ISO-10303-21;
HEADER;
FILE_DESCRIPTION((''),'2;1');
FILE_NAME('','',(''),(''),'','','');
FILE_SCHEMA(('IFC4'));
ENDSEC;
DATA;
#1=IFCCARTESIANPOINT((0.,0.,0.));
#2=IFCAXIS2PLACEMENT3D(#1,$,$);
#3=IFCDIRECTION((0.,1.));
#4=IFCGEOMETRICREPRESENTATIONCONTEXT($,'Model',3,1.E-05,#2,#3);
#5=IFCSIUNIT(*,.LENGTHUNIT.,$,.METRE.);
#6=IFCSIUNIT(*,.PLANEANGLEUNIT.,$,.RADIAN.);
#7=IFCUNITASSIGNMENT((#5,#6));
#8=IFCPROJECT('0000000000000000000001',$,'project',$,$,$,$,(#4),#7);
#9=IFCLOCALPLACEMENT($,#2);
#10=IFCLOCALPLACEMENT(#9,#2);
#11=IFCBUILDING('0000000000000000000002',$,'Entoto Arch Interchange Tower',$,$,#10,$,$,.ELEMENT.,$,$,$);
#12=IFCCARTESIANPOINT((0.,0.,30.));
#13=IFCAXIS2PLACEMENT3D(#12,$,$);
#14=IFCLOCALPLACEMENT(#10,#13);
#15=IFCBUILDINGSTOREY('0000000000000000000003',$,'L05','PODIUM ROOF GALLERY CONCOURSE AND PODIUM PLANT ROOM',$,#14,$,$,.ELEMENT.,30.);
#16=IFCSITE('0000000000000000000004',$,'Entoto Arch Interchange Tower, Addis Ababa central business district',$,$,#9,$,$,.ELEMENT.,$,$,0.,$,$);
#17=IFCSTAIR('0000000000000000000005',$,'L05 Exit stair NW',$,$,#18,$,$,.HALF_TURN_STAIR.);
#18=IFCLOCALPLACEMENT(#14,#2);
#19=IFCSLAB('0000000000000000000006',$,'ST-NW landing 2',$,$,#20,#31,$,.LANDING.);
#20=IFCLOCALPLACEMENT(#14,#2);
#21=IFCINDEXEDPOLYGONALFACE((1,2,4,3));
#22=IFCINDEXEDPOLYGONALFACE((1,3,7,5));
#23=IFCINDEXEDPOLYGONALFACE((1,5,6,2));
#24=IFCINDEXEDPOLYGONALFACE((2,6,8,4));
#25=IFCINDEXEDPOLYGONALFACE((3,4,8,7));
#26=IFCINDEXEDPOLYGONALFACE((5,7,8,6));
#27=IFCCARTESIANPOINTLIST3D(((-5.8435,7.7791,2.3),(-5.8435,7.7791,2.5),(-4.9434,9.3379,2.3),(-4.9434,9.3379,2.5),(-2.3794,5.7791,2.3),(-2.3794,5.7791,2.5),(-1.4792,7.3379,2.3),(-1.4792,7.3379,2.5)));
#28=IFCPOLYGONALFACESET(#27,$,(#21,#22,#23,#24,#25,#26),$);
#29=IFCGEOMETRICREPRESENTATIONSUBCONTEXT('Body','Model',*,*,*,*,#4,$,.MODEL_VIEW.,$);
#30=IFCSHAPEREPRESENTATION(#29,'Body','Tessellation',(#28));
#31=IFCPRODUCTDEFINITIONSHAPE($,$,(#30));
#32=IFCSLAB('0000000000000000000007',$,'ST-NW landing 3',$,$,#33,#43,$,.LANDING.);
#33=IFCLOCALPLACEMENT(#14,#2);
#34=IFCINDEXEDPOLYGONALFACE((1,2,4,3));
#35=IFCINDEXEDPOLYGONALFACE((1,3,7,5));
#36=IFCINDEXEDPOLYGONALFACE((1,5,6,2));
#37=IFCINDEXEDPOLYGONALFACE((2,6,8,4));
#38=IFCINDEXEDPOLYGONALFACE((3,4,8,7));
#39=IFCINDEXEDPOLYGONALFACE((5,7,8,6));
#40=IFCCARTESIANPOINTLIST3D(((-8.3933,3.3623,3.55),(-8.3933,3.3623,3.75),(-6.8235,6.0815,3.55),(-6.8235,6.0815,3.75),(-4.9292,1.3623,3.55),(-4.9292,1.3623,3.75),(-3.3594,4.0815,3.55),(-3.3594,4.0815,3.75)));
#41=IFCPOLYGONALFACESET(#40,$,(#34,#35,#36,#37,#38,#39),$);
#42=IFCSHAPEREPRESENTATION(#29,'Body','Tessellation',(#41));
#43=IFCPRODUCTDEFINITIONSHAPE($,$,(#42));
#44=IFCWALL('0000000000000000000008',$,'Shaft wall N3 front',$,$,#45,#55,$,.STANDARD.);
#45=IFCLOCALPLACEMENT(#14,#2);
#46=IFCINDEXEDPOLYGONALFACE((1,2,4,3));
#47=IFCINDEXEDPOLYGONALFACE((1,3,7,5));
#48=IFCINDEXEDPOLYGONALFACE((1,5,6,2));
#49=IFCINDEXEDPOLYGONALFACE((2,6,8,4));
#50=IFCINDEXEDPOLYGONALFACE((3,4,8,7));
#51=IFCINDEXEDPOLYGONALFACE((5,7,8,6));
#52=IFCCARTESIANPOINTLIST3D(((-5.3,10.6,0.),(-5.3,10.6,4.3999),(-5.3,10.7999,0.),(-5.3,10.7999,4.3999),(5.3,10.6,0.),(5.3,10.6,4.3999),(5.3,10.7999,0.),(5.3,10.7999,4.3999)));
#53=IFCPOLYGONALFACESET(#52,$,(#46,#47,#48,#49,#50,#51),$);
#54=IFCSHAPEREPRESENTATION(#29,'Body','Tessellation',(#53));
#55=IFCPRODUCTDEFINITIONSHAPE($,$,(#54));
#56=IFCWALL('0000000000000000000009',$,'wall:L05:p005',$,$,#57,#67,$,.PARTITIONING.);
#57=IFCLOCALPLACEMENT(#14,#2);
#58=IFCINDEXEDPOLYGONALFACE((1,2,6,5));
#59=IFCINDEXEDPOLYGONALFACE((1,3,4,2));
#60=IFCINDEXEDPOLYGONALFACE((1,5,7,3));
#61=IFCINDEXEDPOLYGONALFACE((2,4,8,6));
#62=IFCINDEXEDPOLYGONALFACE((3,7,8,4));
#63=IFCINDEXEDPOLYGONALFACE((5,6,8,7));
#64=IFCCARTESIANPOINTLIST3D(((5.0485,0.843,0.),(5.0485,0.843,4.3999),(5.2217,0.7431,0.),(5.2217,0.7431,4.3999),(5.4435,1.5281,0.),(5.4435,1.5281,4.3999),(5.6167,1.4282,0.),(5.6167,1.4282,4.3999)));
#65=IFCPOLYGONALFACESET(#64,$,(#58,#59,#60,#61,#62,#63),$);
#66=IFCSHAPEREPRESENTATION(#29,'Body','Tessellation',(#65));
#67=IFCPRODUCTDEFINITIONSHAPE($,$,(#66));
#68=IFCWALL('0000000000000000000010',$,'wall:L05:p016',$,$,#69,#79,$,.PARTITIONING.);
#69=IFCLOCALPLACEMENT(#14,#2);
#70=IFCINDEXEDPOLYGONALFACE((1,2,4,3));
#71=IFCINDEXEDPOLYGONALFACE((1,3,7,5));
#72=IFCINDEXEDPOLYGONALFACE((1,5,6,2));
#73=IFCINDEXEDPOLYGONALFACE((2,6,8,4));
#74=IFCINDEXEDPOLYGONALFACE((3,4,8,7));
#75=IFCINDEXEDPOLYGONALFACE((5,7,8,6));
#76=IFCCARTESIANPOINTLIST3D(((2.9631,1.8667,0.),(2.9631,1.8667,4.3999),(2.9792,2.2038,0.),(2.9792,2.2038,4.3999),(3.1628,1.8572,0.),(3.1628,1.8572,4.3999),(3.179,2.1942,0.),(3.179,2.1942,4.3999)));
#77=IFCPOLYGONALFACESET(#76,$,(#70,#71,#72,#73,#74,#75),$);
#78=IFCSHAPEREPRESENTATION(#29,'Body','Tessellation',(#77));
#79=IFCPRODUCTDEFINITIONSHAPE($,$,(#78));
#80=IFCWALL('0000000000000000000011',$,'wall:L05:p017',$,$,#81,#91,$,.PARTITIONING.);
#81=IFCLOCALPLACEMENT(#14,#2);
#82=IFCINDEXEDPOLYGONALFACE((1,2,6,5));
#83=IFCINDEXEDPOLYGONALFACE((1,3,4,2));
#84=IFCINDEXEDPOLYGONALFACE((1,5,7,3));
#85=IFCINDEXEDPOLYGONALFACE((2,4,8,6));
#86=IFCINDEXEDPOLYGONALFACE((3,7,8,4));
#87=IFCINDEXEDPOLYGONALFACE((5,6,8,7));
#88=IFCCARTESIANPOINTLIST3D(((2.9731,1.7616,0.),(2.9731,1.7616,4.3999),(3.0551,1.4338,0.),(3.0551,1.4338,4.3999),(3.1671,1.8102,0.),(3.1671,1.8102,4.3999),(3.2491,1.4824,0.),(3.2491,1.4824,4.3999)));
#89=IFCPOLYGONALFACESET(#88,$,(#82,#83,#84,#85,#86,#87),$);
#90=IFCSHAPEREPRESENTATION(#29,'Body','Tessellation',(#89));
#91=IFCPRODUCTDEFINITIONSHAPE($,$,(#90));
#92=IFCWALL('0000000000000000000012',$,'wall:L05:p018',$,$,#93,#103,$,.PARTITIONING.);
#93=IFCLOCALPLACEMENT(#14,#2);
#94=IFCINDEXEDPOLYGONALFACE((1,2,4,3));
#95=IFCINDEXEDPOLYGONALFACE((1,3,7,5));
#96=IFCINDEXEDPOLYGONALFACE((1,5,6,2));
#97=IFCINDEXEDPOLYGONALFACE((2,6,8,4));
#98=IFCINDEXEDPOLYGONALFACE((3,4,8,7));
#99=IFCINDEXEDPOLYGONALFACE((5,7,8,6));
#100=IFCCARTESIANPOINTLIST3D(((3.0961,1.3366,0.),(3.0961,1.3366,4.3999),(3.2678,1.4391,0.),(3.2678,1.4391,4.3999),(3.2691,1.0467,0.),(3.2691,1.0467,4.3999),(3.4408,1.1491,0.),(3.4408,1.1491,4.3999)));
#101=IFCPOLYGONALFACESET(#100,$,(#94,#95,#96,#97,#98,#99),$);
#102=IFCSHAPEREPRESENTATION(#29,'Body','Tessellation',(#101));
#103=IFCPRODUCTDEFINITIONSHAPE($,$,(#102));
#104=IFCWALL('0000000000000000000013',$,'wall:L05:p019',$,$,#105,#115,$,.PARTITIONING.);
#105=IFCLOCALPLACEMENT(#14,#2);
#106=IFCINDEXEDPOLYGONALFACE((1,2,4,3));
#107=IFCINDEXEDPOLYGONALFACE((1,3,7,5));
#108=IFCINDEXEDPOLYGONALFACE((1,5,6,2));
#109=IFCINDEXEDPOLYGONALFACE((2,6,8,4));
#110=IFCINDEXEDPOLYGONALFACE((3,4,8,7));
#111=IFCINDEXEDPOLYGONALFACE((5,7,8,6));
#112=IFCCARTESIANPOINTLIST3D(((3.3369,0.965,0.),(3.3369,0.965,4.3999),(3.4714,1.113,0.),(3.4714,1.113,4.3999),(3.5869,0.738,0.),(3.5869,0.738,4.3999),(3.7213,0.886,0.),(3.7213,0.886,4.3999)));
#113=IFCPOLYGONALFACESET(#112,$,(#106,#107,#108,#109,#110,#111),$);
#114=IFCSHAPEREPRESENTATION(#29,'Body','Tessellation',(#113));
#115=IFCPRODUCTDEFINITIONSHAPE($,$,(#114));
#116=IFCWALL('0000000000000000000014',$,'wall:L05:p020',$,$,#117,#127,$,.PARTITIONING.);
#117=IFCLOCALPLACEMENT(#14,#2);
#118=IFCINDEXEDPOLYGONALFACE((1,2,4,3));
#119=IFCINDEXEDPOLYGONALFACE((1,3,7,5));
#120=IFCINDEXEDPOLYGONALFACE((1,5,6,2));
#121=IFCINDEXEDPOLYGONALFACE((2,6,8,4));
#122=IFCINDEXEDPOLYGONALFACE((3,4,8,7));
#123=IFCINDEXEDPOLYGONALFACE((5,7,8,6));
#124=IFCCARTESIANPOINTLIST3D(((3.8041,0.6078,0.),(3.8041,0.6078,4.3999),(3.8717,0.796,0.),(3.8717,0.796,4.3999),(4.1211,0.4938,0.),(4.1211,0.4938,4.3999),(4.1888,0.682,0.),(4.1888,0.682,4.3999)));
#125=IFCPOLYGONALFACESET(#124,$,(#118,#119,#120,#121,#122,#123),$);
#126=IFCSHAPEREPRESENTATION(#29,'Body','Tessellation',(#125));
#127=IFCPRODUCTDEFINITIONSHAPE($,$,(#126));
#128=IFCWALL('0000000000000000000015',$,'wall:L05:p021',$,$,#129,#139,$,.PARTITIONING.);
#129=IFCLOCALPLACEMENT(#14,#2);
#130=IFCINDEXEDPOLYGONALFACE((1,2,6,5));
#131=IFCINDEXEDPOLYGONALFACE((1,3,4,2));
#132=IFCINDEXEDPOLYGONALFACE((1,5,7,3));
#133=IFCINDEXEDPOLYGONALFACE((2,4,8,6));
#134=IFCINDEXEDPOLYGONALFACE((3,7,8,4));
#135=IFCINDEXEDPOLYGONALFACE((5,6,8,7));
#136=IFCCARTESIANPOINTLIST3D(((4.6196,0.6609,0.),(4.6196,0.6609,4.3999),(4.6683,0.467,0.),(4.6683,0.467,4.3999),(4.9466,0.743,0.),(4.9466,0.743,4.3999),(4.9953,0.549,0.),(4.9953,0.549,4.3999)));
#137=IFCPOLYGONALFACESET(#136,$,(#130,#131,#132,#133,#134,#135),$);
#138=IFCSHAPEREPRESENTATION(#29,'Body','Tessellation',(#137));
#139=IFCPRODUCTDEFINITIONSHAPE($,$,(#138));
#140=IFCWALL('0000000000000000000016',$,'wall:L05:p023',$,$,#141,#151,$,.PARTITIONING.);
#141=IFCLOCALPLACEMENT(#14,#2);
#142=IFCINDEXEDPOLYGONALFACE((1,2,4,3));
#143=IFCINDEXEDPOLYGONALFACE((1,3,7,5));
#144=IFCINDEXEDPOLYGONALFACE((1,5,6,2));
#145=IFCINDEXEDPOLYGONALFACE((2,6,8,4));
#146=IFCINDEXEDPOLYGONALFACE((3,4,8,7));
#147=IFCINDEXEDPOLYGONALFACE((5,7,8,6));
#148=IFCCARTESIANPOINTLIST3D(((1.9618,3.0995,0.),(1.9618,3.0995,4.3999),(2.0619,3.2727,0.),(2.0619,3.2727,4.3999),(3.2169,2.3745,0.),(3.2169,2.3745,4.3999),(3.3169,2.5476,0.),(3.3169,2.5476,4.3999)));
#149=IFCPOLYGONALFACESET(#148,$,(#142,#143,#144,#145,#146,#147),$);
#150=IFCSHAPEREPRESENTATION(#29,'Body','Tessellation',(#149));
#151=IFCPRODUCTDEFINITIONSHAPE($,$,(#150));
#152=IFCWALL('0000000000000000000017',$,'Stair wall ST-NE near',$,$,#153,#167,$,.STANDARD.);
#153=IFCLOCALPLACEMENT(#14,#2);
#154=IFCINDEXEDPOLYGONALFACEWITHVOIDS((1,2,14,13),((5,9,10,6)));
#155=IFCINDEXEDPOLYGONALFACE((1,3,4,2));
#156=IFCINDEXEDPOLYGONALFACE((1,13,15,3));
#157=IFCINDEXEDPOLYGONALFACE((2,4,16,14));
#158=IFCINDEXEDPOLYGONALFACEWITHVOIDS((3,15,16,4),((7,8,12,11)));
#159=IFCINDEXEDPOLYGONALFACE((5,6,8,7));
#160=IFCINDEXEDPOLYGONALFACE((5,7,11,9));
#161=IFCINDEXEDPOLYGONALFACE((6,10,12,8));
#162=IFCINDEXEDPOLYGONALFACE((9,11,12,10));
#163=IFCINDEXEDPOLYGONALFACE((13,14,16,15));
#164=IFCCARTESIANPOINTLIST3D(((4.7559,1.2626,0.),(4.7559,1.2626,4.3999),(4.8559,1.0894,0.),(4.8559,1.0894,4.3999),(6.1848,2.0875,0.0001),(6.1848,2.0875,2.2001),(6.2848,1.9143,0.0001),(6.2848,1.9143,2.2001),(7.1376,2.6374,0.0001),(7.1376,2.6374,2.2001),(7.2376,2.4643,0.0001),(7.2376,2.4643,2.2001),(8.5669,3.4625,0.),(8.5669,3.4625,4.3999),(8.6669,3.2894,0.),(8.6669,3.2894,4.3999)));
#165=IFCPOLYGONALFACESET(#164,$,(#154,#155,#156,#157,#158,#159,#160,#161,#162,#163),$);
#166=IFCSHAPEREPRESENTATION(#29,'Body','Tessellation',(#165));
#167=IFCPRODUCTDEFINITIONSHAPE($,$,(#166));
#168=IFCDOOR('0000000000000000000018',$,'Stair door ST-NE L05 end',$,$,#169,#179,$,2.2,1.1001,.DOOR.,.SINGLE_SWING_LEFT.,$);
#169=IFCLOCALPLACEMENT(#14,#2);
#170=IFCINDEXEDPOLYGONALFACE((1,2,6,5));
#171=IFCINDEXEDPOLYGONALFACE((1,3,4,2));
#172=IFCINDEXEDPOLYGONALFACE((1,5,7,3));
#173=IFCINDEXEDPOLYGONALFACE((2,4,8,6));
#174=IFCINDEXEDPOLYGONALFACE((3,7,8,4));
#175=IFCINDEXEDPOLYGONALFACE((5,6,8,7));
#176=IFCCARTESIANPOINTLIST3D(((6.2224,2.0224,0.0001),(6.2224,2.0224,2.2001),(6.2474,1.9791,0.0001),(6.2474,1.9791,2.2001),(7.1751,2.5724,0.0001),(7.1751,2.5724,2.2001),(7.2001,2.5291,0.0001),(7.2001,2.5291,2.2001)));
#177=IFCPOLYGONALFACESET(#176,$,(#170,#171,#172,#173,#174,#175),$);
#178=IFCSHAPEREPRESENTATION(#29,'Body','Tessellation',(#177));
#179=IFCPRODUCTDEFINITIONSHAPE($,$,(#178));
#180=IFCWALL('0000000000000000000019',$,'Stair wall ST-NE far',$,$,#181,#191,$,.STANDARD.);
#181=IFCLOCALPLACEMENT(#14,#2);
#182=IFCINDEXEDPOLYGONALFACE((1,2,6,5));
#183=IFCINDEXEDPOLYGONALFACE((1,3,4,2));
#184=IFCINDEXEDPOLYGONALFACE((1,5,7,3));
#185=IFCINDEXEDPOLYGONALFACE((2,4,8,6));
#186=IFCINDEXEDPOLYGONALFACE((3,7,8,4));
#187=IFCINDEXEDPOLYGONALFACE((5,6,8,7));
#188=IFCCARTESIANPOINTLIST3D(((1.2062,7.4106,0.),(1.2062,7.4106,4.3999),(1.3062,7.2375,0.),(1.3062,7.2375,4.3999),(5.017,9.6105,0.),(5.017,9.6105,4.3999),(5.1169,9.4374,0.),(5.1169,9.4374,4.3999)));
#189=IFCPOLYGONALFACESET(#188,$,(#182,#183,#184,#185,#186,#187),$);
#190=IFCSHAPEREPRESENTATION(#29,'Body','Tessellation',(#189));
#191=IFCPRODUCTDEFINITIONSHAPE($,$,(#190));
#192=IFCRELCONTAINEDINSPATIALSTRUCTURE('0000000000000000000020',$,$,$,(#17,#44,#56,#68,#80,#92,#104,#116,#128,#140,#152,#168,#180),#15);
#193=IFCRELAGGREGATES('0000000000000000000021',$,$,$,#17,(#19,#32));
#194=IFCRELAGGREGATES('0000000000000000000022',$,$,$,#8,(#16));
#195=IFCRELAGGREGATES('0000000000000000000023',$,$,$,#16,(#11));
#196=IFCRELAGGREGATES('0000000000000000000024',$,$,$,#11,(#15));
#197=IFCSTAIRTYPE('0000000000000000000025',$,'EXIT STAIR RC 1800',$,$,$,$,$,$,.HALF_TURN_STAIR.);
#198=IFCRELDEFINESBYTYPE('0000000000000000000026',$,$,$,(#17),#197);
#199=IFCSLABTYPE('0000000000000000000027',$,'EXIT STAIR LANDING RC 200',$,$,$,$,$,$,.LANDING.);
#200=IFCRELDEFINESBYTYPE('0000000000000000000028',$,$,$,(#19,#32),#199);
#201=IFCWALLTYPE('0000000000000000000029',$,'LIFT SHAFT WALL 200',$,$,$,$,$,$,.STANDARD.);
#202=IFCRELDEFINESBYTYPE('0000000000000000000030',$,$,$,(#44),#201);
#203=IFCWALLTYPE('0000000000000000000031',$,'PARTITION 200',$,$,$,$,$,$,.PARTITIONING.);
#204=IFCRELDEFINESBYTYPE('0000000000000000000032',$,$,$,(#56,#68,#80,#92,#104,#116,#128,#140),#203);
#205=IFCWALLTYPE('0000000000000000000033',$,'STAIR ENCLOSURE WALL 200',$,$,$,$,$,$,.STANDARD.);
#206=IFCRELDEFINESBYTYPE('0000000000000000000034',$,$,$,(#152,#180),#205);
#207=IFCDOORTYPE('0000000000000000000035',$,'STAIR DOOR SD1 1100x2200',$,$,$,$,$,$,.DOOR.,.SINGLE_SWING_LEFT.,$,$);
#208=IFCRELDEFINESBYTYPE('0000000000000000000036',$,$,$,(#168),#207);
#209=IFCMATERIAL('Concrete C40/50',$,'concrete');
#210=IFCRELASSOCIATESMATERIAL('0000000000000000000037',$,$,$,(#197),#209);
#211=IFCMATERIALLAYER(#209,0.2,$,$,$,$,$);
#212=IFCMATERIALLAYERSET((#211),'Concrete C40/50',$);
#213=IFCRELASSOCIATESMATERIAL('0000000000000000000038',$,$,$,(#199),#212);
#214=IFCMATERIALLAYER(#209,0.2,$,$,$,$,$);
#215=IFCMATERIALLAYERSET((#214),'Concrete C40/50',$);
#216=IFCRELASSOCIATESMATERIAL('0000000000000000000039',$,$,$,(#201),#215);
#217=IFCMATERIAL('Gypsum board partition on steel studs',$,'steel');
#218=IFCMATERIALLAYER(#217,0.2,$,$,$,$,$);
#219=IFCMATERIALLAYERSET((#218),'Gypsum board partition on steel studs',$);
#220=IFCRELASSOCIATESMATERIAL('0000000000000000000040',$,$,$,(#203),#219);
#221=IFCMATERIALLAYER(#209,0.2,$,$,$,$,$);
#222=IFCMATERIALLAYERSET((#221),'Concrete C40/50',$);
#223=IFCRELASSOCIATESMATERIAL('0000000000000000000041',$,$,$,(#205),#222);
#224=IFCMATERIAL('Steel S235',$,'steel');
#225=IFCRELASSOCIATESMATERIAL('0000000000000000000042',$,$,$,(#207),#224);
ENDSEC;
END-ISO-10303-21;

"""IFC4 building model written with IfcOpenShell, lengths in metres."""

from ifc_helpers import new_model, si_unit, direction, frame, frame_2d, origin, place, context, subcontext, project, spatial, polyline, rectangle, outline, extrude, material, layer, layer_set, type_object, element, fill, aggregate, save


model = new_model("IFC4")

# Units and contexts
model_context = context("Model", 3, precision=1e-05, world=origin(), true_north=direction((0.0, 1.0)))
body_context = subcontext(model_context, "Body", "Model", "MODEL_VIEW")
ifc_project = project(units=[si_unit("LENGTHUNIT", "METRE"), si_unit("PLANEANGLEUNIT", "RADIAN")], contexts=[model_context])

# Site, building, storey
site_placement = place(None, origin())
site = spatial("IfcSite", under=ifc_project, at=site_placement, Name="Entoto Arch Interchange Tower, Addis Ababa central business district", CompositionType="ELEMENT", RefElevation=0.0)
building_placement = place(site_placement, origin())
building = spatial("IfcBuilding", under=site, at=building_placement, Name="Entoto Arch Interchange Tower", CompositionType="ELEMENT")
storey_placement = place(building_placement, frame((0.0, 0.0, 30.0)))
storey = spatial("IfcBuildingStorey", under=building, at=storey_placement, Name="L05", Description="PODIUM ROOF GALLERY CONCOURSE AND PODIUM PLANT ROOM", CompositionType="ELEMENT", Elevation=30.0)

# Stair, slabs
ifc_material_1 = material(Name="Concrete C40/50", Category="concrete")
stair_type = type_object("IfcStairType", Name="EXIT STAIR RC 1800", PredefinedType="HALF_TURN_STAIR", material=ifc_material_1)
stair_placement = place(storey_placement, origin())
stair = element("IfcStair", 1, at=stair_placement, inside=storey, type_object=stair_type, Name="L05 Exit stair NW", PredefinedType="HALF_TURN_STAIR")
ifc_layer_1 = layer(ifc_material_1, 0.2)
ifc_layer_set_1 = layer_set([ifc_layer_1], Name="Concrete C40/50")
slab_type = type_object("IfcSlabType", Name="EXIT STAIR LANDING RC 200", PredefinedType="LANDING", material=ifc_layer_set_1)
slab_1_placement = place(storey_placement, frame((0.0, 0.0, 2.3)))
slab_1 = element("IfcSlab", 2, at=slab_1_placement, type_object=slab_type, Name="ST-NW landing 2", PredefinedType="LANDING", context=body_context, shape_type="SweptSolid", body=[
    extrude(outline(polyline([(-4.9434, 9.3379), (-5.8435, 7.7791), (-2.3794, 5.7791), (-1.4792, 7.3379), (-4.9434, 9.3379)])), origin(), (0.0, 0.0, 1.0), 0.2),
])
slab_2_placement = place(storey_placement, frame((0.0, 0.0, 3.55)))
slab_2 = element("IfcSlab", 3, at=slab_2_placement, type_object=slab_type, Name="ST-NW landing 3", PredefinedType="LANDING", context=body_context, shape_type="SweptSolid", body=[
    extrude(outline(polyline([(-6.8235, 6.0815), (-8.3933, 3.3623), (-4.9292, 1.3623), (-3.3594, 4.0815), (-6.8235, 6.0815)])), origin(), (0.0, 0.0, 1.0), 0.2),
])
aggregate(stair, [slab_1, slab_2])

# Walls
ifc_layer_2 = layer(ifc_material_1, 0.2)
ifc_layer_set_2 = layer_set([ifc_layer_2], Name="Concrete C40/50")
wall_type_1 = type_object("IfcWallType", Name="LIFT SHAFT WALL 200", PredefinedType="STANDARD", material=ifc_layer_set_2)
wall_1_placement = place(storey_placement, frame((5.3, 10.7, 0.0), z_axis=(0.0, 0.0, 1.0), x_axis=(-1.0, 0.0, 0.0)))
element("IfcWall", 4, at=wall_1_placement, inside=storey, type_object=wall_type_1, Name="Shaft wall N3 front", PredefinedType="STANDARD", context=body_context, shape_type="SweptSolid", body=[
    extrude(rectangle(XDim=10.6001, YDim=0.2, at=frame_2d((5.3, 0.0))), origin(), (0.0, 0.0, 1.0), 4.3999),
])
ifc_material_2 = material(Name="Gypsum board partition on steel studs", Category="steel")
ifc_layer_3 = layer(ifc_material_2, 0.2)
ifc_layer_set_3 = layer_set([ifc_layer_3], Name="Gypsum board partition on steel studs")
wall_type_2 = type_object("IfcWallType", Name="PARTITION 200", PredefinedType="PARTITIONING", material=ifc_layer_set_3)
wall_2_placement = place(storey_placement, frame((5.135, 0.793, 0.0), z_axis=(0.0, 0.0, 1.0), x_axis=(0.499526, 0.866299, 0.0)))
element("IfcWall", 5, at=wall_2_placement, inside=storey, type_object=wall_type_2, Name="wall:L05:p005", PredefinedType="PARTITIONING", context=body_context, shape_type="SweptSolid", body=[
    extrude(rectangle(XDim=0.7908, YDim=0.2, at=frame_2d((0.3955, 0.0))), origin(), (0.0, 0.0, 1.0), 4.3999),
])
wall_3_placement = place(storey_placement, frame((3.0791, 2.199, 0.0), z_axis=(0.0, 0.0, 1.0), x_axis=(-0.047771, -0.998858, 0.0)))
element("IfcWall", 6, at=wall_3_placement, inside=storey, type_object=wall_type_2, Name="wall:L05:p016", PredefinedType="PARTITIONING", context=body_context, shape_type="SweptSolid", body=[
    extrude(rectangle(XDim=0.3374, YDim=0.2, at=frame_2d((0.1687, 0.0))), origin(), (0.0, 0.0, 1.0), 4.3999),
])
wall_4_placement = place(storey_placement, frame((3.0701, 1.7859, 0.0), z_axis=(0.0, 0.0, 1.0), x_axis=(0.242706, -0.9701, 0.0)))
element("IfcWall", 7, at=wall_4_placement, inside=storey, type_object=wall_type_2, Name="wall:L05:p017", PredefinedType="PARTITIONING", context=body_context, shape_type="SweptSolid", body=[
    extrude(rectangle(XDim=0.3379, YDim=0.2, at=frame_2d((0.1689, 0.0))), origin(), (0.0, 0.0, 1.0), 4.3999),
])
for number, where, z_axis, x_axis, name in (
    (8, (3.1819, 1.3879, 0.0), (0.0, 0.0, 1.0), (0.512475, -0.858702, 0.0), "wall:L05:p018"),
    (9, (3.4041, 1.0391, 0.0), (0.0, 0.0, 1.0), (0.740267, -0.672313, 0.0), "wall:L05:p019"),
):
    element("IfcWall", number, at=place(storey_placement, frame(where, z_axis=z_axis, x_axis=x_axis)), inside=storey, type_object=wall_type_2, Name=name, PredefinedType="PARTITIONING", context=body_context, shape_type="SweptSolid", body=[
        extrude(rectangle(XDim=0.3376, YDim=0.2, at=frame_2d((0.1689, 0.0))), origin(), (0.0, 0.0, 1.0), 4.3999),
    ])
wall_5_placement = place(storey_placement, frame((3.8379, 0.7019, 0.0), z_axis=(0.0, 0.0, 1.0), x_axis=(0.941035, -0.338309, 0.0)))
element("IfcWall", 10, at=wall_5_placement, inside=storey, type_object=wall_type_2, Name="wall:L05:p020", PredefinedType="PARTITIONING", context=body_context, shape_type="SweptSolid", body=[
    extrude(rectangle(XDim=0.3369, YDim=0.2, at=frame_2d((0.1685, 0.0))), origin(), (0.0, 0.0, 1.0), 4.3999),
])
wall_6_placement = place(storey_placement, frame((4.644, 0.564, 0.0), z_axis=(0.0, 0.0, 1.0), x_axis=(0.969929, 0.243388, 0.0)))
element("IfcWall", 11, at=wall_6_placement, inside=storey, type_object=wall_type_2, Name="wall:L05:p021", PredefinedType="PARTITIONING", context=body_context, shape_type="SweptSolid", body=[
    extrude(rectangle(XDim=0.3372, YDim=0.2, at=frame_2d((0.1685, 0.0))), origin(), (0.0, 0.0, 1.0), 4.3999),
])
wall_7_placement = place(storey_placement, frame((2.012, 3.186, 0.0), z_axis=(0.0, 0.0, 1.0), x_axis=(0.865891, -0.500233, 0.0)))
element("IfcWall", 12, at=wall_7_placement, inside=storey, type_object=wall_type_2, Name="wall:L05:p023", PredefinedType="PARTITIONING", context=body_context, shape_type="SweptSolid", body=[
    extrude(rectangle(XDim=1.4495, YDim=0.2, at=frame_2d((0.7246, 0.0))), origin(), (0.0, 0.0, 1.0), 4.3999),
])

# Wall, opening, door
ifc_layer_4 = layer(ifc_material_1, 0.2)
ifc_layer_set_4 = layer_set([ifc_layer_4], Name="Concrete C40/50")
wall_type_3 = type_object("IfcWallType", Name="STAIR ENCLOSURE WALL 200", PredefinedType="STANDARD", material=ifc_layer_set_4)
wall_8_placement = place(storey_placement, frame((4.8059, 1.176, 0.0), z_axis=(0.0, 0.0, 1.0), x_axis=(0.86606, 0.49994, 0.0)))
wall_8 = element("IfcWall", 13, at=wall_8_placement, inside=storey, type_object=wall_type_3, Name="Stair wall ST-NE near", PredefinedType="STANDARD", context=body_context, shape_type="SweptSolid", body=[
    extrude(rectangle(XDim=4.4004, YDim=0.2, at=frame_2d((2.2002, 0.0))), origin(), (0.0, 0.0, 1.0), 4.3999),
])
opening_1_placement = place(wall_8_placement, frame((1.6499, 0.0, 0.0)))
opening_1 = element("IfcOpeningElement", 14, at=opening_1_placement, cuts=wall_8, PredefinedType="OPENING", context=body_context, shape_type="SweptSolid", body=[
    extrude(rectangle(XDim=1.1001, YDim=2.2, at=frame_2d((0.55, 1.1001))), frame((0.0, 0.1099, 0.0), z_axis=(0.0, -1.0, 0.0), x_axis=(1.0, 0.0, 0.0)), (0.0, 0.0, 1.0), 0.22),
])
ifc_material_3 = material(Name="Steel S235", Category="steel")
door_type = type_object("IfcDoorType", Name="STAIR DOOR SD1 1100x2200", OperationType="SINGLE_SWING_LEFT", PredefinedType="DOOR", material=ifc_material_3)
door_1_placement = place(opening_1_placement, origin())
door_1 = element("IfcDoor", 15, at=door_1_placement, inside=storey, type_object=door_type, Name="Stair door ST-NE L05 end", OperationType="SINGLE_SWING_LEFT", OverallHeight=2.2, OverallWidth=1.1001, PredefinedType="DOOR", context=body_context, shape_type="SweptSolid", body=[
    extrude(rectangle(XDim=1.1001, YDim=2.2, at=frame_2d((0.55, 1.1001))), frame((0.0, 0.0249, 0.0), z_axis=(0.0, -1.0, 0.0), x_axis=(1.0, 0.0, 0.0)), (0.0, 0.0, 1.0), 0.05),
])
fill(opening_1, door_1)

# Wall
wall_9_placement = place(storey_placement, frame((1.2561, 7.324, 0.0), z_axis=(0.0, 0.0, 1.0), x_axis=(0.866046, 0.499964, 0.0)))
element("IfcWall", 16, at=wall_9_placement, inside=storey, type_object=wall_type_3, Name="Stair wall ST-NE far", PredefinedType="STANDARD", context=body_context, shape_type="SweptSolid", body=[
    extrude(rectangle(XDim=4.4001, YDim=0.2, at=frame_2d((2.2002, 0.0))), origin(), (0.0, 0.0, 1.0), 4.3999),
])

save(model, "model.ifc")
